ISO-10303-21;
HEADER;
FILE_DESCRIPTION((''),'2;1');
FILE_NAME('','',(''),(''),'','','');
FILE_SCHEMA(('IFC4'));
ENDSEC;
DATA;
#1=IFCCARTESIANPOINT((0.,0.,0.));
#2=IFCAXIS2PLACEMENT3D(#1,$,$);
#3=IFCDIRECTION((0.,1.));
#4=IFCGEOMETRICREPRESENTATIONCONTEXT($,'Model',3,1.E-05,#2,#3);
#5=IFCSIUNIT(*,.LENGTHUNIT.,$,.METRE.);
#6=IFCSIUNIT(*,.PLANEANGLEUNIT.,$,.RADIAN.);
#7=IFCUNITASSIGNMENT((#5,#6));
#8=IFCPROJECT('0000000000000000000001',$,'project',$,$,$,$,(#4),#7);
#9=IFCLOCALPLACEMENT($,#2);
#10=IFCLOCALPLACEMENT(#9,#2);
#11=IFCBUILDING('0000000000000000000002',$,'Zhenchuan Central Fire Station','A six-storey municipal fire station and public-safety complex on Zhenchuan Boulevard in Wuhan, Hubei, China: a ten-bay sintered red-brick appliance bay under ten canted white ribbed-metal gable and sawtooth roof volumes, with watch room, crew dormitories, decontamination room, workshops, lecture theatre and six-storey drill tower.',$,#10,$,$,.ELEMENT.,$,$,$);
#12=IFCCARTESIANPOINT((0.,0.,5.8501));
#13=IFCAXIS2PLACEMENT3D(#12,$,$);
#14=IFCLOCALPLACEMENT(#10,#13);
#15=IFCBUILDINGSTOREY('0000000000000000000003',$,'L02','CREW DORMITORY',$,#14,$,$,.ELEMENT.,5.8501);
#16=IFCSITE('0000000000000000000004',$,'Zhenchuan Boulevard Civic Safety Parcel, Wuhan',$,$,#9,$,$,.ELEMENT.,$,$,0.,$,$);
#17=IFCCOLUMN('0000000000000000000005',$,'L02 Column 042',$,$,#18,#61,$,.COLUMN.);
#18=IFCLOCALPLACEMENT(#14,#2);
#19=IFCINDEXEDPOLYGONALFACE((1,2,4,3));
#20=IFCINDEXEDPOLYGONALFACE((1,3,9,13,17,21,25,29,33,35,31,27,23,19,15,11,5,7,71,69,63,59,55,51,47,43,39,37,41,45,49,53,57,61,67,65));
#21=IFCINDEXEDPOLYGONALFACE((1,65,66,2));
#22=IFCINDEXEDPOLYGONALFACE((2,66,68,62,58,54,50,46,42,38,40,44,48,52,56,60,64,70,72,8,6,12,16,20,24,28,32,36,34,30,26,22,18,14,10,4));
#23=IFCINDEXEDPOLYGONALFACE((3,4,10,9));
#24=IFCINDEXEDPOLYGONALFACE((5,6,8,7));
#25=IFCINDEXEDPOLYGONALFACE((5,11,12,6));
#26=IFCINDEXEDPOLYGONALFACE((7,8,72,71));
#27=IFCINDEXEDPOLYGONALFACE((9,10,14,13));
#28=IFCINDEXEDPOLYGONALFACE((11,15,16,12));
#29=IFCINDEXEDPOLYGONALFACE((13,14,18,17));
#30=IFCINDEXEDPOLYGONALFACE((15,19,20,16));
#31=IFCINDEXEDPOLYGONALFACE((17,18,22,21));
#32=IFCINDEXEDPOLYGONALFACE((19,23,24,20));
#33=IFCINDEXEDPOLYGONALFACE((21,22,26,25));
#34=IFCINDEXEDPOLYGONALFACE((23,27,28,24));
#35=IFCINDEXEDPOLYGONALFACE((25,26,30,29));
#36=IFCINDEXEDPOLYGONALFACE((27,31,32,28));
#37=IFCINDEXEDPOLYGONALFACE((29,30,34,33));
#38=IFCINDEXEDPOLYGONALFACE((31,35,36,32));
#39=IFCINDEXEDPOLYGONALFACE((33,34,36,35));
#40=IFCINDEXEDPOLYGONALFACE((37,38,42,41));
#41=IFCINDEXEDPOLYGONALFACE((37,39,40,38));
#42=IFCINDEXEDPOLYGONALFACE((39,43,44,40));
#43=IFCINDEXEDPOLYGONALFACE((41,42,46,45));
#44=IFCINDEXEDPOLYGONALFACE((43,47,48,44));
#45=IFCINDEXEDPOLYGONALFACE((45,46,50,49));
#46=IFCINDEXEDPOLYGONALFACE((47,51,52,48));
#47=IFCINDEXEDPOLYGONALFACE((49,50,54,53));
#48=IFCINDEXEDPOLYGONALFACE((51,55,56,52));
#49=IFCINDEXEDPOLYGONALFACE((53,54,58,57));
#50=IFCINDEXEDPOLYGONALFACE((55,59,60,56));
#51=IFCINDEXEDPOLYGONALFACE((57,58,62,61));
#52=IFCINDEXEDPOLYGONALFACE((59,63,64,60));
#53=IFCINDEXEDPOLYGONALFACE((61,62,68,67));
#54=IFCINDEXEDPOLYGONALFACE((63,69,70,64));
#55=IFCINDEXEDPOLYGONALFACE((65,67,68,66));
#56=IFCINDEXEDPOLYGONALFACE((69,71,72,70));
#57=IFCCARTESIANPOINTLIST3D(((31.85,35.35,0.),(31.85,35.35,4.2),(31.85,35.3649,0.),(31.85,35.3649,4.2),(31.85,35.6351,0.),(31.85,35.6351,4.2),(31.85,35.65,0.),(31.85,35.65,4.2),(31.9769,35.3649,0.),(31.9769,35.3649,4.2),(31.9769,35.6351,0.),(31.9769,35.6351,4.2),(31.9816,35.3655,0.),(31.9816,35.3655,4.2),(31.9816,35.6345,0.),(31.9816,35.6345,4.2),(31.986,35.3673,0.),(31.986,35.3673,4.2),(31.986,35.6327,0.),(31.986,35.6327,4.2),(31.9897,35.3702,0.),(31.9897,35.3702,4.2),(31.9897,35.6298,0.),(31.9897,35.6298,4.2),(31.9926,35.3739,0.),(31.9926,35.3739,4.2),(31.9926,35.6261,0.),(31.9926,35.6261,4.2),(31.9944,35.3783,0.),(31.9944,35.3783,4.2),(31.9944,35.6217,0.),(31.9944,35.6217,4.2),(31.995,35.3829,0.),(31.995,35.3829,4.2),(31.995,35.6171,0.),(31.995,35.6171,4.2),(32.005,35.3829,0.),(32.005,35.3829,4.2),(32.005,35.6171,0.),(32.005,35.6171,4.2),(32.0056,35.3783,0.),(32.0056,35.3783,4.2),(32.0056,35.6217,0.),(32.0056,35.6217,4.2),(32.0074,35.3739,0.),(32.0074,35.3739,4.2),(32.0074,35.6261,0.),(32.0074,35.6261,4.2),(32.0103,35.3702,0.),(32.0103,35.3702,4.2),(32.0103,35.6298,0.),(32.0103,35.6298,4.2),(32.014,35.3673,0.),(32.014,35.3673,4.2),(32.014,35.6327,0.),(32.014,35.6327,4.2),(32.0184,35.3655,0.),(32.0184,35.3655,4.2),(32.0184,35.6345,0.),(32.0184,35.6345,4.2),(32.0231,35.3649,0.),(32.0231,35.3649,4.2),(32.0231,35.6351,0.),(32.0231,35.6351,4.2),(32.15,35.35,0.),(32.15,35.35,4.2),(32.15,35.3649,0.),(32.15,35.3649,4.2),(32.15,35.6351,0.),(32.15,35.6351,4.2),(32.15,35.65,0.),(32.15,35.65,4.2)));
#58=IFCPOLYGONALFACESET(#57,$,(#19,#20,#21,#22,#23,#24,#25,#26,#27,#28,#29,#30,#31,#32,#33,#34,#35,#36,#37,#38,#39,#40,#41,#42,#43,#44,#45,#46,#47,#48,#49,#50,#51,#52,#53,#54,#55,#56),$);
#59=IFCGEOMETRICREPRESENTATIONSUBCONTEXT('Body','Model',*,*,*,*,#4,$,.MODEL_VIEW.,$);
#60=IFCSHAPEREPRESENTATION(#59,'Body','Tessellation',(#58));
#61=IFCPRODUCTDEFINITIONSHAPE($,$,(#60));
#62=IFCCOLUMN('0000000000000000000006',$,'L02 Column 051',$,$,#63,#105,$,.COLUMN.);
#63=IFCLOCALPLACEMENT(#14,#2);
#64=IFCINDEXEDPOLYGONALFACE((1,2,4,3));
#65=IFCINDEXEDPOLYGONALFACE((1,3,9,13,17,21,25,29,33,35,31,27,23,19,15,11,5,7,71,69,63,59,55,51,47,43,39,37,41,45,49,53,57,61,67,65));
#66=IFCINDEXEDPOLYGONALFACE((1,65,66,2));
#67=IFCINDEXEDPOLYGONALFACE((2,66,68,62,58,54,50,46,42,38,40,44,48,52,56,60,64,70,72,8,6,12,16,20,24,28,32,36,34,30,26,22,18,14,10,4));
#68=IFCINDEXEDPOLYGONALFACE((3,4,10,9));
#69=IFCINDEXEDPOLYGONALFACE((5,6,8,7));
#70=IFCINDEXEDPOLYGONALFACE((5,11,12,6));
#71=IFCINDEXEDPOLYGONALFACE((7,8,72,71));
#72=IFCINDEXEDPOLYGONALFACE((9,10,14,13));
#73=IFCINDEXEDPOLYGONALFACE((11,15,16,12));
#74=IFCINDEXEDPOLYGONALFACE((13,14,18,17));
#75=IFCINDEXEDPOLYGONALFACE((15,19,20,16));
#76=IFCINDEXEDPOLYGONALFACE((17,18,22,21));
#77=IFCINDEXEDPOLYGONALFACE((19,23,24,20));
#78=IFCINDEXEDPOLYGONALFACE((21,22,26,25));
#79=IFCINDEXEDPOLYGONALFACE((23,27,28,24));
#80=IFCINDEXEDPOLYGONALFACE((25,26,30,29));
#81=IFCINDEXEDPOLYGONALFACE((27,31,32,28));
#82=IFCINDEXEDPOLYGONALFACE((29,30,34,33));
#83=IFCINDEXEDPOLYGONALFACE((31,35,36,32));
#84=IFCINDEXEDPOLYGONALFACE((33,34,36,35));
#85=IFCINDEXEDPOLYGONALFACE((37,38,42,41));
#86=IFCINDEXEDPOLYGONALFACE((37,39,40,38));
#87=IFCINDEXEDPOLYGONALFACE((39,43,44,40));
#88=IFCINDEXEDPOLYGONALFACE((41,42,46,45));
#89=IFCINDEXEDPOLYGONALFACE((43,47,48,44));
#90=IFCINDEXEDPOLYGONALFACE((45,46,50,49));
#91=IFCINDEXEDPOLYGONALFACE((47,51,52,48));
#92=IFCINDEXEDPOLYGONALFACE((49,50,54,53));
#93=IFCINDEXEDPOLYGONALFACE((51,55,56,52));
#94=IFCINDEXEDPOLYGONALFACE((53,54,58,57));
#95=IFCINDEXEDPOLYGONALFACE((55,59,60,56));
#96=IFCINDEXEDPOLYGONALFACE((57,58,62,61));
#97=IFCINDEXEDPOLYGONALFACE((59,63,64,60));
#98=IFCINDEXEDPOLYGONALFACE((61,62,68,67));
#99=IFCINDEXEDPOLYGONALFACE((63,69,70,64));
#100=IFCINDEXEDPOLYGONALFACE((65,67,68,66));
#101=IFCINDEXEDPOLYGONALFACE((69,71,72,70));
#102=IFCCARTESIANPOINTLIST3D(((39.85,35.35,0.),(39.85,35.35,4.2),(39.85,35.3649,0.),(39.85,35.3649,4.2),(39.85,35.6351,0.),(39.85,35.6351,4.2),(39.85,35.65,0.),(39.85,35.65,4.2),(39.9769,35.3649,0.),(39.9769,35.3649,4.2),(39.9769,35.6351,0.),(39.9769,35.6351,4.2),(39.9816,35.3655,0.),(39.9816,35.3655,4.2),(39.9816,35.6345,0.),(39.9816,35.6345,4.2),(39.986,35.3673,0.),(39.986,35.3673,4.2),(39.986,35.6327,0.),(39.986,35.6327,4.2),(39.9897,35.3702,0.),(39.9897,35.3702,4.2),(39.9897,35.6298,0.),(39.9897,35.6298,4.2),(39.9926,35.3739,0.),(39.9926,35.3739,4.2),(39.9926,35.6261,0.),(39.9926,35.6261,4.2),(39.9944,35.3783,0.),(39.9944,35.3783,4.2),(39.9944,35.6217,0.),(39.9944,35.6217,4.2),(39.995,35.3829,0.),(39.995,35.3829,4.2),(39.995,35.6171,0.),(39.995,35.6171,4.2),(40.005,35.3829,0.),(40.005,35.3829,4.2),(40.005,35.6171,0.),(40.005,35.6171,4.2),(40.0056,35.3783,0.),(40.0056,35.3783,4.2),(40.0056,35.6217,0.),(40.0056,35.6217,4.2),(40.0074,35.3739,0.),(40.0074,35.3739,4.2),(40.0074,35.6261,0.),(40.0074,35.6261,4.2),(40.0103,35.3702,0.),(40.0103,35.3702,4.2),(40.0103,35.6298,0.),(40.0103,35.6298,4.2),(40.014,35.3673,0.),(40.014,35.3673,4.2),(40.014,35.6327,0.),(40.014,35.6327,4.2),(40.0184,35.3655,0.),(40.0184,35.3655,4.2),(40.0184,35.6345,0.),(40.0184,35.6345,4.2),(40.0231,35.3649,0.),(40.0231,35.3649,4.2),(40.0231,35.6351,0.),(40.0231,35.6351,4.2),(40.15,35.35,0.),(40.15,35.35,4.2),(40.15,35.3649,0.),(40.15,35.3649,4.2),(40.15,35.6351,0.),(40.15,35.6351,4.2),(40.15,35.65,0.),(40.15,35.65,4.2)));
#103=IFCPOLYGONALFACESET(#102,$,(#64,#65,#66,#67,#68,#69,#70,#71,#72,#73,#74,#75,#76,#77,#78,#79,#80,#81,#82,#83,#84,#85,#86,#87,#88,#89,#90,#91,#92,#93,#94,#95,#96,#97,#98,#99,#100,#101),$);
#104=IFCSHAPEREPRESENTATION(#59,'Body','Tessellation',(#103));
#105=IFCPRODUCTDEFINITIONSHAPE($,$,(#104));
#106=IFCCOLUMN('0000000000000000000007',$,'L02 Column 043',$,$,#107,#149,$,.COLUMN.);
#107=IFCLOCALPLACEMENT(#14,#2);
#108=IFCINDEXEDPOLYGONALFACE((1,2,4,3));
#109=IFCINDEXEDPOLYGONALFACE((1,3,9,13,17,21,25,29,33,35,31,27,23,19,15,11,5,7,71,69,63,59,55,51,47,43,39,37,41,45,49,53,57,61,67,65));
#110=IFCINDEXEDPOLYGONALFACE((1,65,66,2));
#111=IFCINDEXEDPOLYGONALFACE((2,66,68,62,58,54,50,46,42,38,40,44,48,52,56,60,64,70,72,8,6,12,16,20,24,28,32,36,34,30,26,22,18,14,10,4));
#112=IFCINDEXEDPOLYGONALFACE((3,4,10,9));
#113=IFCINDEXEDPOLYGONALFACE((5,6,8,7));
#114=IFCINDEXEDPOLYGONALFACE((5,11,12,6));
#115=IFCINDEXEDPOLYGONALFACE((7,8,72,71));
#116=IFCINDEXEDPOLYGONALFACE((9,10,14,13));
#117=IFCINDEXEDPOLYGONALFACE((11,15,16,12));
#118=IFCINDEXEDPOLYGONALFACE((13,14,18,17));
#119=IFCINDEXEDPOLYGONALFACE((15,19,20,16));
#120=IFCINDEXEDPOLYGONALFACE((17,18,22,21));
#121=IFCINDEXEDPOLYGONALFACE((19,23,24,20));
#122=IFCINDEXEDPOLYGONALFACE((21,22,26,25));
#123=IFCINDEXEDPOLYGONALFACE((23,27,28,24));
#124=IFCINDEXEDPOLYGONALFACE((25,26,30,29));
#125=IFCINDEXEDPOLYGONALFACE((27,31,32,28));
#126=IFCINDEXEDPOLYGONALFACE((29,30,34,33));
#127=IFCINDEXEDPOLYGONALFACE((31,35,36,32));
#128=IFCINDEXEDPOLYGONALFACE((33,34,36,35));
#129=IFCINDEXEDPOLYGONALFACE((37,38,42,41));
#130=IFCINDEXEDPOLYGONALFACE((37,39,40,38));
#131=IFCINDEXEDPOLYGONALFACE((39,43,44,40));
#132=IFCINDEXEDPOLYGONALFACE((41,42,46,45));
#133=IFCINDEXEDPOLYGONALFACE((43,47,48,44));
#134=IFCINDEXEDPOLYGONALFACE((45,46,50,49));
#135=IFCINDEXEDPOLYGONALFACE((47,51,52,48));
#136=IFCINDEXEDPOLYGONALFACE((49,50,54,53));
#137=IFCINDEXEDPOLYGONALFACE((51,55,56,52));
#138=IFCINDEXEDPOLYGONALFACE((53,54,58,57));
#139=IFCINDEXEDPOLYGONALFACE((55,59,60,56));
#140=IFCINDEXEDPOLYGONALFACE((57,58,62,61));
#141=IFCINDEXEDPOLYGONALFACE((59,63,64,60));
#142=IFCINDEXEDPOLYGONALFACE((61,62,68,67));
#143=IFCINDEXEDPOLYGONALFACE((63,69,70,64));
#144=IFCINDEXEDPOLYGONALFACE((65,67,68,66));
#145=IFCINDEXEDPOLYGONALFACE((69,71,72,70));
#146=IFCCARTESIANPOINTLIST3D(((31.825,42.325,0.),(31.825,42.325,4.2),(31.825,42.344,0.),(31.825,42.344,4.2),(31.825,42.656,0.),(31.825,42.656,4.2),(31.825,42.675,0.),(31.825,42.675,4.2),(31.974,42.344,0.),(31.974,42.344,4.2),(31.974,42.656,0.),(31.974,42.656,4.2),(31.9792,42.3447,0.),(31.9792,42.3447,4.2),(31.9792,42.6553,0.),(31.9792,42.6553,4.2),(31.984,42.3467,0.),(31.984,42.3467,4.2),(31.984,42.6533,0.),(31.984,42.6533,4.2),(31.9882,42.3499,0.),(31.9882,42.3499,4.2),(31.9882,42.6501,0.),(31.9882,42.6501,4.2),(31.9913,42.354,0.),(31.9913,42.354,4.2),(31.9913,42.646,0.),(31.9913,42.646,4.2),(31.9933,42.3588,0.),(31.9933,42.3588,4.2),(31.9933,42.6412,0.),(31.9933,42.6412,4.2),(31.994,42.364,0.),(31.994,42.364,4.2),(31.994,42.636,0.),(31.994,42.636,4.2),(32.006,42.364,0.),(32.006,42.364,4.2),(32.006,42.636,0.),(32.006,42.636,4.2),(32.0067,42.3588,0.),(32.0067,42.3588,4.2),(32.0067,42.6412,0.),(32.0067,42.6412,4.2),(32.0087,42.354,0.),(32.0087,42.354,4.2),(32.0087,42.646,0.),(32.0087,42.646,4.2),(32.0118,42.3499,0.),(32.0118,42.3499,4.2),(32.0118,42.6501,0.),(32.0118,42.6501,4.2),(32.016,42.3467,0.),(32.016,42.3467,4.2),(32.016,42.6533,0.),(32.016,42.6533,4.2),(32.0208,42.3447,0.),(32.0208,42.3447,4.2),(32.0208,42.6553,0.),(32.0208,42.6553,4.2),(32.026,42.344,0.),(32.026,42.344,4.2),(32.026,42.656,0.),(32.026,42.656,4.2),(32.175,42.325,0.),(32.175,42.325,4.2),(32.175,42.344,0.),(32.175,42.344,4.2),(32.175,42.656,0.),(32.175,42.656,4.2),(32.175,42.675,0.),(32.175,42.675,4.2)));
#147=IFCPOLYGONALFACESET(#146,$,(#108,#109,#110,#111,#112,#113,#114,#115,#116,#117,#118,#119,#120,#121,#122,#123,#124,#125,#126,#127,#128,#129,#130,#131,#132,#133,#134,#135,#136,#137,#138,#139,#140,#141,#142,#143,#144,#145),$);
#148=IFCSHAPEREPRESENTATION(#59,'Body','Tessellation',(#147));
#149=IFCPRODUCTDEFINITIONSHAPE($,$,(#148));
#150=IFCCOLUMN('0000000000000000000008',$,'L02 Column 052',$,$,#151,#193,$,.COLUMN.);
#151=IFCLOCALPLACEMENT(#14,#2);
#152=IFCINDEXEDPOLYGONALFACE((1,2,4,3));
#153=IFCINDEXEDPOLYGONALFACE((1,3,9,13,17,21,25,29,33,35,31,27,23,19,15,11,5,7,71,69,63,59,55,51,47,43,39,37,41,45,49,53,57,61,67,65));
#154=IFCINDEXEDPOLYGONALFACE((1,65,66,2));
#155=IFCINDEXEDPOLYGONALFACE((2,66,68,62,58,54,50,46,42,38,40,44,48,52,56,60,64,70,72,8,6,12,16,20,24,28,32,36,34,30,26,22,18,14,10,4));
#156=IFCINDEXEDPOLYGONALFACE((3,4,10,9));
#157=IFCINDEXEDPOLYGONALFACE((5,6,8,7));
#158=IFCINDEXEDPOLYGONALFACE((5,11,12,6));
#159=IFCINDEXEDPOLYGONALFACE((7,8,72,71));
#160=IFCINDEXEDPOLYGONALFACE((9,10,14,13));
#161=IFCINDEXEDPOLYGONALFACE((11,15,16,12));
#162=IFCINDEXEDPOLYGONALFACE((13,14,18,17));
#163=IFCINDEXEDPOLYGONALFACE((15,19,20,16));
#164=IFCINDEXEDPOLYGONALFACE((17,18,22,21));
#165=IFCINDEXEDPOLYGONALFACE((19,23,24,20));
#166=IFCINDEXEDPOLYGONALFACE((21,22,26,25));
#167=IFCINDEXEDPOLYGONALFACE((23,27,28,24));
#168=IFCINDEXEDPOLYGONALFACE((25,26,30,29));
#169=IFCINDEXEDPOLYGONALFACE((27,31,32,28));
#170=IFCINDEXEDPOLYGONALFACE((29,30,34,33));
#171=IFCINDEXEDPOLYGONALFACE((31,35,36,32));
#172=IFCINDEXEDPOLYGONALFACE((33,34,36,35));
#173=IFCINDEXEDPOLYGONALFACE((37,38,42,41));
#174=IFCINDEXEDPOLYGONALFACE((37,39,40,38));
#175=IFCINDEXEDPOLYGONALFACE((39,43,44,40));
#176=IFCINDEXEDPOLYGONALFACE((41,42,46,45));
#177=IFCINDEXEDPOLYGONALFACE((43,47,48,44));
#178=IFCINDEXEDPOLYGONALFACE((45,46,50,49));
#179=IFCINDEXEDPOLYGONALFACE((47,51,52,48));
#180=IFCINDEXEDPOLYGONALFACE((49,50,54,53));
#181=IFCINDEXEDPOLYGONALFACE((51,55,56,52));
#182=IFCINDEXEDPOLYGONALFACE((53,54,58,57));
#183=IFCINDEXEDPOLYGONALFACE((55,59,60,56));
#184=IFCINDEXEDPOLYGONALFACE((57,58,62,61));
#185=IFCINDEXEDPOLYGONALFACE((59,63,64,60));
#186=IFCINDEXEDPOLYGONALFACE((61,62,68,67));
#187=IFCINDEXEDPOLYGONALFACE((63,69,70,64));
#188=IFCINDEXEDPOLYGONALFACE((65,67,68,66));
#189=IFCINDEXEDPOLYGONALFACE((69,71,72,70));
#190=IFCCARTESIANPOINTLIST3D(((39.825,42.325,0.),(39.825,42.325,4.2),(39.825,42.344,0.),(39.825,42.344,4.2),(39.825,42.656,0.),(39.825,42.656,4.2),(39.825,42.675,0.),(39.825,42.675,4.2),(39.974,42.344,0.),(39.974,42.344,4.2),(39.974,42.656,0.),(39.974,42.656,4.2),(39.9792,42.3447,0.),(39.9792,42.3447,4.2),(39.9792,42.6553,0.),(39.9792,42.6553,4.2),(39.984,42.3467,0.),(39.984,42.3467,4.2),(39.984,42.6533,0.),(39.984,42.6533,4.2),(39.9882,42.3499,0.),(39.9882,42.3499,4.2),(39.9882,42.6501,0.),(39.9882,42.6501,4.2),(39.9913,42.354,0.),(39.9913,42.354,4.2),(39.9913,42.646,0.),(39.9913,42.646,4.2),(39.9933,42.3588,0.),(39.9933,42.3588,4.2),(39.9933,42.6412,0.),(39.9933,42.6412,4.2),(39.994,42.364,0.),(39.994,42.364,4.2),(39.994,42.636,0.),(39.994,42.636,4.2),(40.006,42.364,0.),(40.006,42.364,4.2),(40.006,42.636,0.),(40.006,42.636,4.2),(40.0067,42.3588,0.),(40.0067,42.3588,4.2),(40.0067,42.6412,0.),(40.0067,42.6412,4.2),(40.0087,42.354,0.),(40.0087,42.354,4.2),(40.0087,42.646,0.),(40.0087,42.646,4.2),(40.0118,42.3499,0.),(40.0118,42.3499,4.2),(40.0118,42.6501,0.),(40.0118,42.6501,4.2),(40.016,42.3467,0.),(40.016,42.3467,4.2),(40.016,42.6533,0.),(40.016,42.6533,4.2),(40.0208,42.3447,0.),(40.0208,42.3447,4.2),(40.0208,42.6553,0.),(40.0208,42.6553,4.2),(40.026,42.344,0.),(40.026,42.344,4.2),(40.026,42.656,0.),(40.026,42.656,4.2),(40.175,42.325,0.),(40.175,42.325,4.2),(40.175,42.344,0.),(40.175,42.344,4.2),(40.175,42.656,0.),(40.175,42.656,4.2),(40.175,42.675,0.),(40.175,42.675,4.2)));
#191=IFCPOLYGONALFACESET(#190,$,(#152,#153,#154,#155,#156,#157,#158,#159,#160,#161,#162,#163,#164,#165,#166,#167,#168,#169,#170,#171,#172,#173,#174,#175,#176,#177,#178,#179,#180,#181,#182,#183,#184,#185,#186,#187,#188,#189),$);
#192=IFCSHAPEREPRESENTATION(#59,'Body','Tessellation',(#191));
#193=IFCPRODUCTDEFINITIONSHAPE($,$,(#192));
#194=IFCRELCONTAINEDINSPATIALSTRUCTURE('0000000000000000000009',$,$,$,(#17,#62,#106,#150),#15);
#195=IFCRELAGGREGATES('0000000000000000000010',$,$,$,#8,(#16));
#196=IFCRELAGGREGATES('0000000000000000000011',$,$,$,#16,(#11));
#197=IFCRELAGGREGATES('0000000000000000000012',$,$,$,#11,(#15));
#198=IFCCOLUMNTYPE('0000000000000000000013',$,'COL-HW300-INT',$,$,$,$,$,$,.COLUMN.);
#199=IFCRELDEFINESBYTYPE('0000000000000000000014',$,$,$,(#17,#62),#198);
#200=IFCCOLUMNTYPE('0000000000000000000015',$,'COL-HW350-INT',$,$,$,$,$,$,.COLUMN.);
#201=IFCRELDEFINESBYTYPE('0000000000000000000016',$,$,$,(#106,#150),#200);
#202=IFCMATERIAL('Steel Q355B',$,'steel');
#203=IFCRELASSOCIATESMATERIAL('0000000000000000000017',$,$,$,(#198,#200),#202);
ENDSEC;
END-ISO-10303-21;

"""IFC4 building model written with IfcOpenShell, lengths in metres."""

from ifc_helpers import new_model, si_unit, direction, frame, origin, origin_2d, place, context, subcontext, project, spatial, i_section, extrude, material, material_profile, profile_set, type_object, element, save


model = new_model("IFC4")

# Units and contexts
model_context = context("Model", 3, precision=1e-05, world=origin(), true_north=direction((0.0, 1.0)))
body_context = subcontext(model_context, "Body", "Model", "MODEL_VIEW")
ifc_project = project(units=[si_unit("LENGTHUNIT", "METRE"), si_unit("PLANEANGLEUNIT", "RADIAN")], contexts=[model_context])

# Site, building, storey
site_placement = place(None, origin())
site = spatial("IfcSite", under=ifc_project, at=site_placement, Name="Zhenchuan Boulevard Civic Safety Parcel, Wuhan", CompositionType="ELEMENT", RefElevation=0.0)
building_placement = place(site_placement, origin())
building = spatial("IfcBuilding", under=site, at=building_placement, Name="Zhenchuan Central Fire Station", Description="A six-storey municipal fire station and public-safety complex on Zhenchuan Boulevard in Wuhan, Hubei, China: a ten-bay sintered red-brick appliance bay under ten canted white ribbed-metal gable and sawtooth roof volumes, with watch room, crew dormitories, decontamination room, workshops, lecture theatre and six-storey drill tower.", CompositionType="ELEMENT")
storey_placement = place(building_placement, frame((0.0, 0.0, 5.8501)))
storey = spatial("IfcBuildingStorey", under=building, at=storey_placement, Name="L02", Description="CREW DORMITORY", CompositionType="ELEMENT", Elevation=5.8501)

# Columns
ifc_material_1 = material(Name="Steel Q355B", Category="steel")
ifc_material_profile_1 = material_profile(ifc_material_1, i_section(OverallWidth=0.3, OverallDepth=0.3, WebThickness=0.01, FlangeThickness=0.0149, FilletRadius=0.0181, at=origin_2d()), Name="HW 300x300")
ifc_profile_set_1 = profile_set([ifc_material_profile_1], Name="Steel Q355B")
column_type_1 = type_object("IfcColumnType", Name="COL-HW300-INT", PredefinedType="COLUMN", material=ifc_profile_set_1)
for number, where, z_axis, x_axis, name in (
    (1, (32.0, 35.5, 0.0), (0.0, 0.0, 1.0), (1.0, 0.0, 0.0), "L02 Column 042"),
    (2, (40.0, 35.5, 0.0), (0.0, 0.0, 1.0), (1.0, 0.0, 0.0), "L02 Column 051"),
):
    element("IfcColumn", number, at=place(storey_placement, frame(where, z_axis=z_axis, x_axis=x_axis)), inside=storey, type_object=column_type_1, Name=name, PredefinedType="COLUMN", context=body_context, shape_type="SweptSolid", body=[
        extrude(i_section(OverallWidth=0.3, OverallDepth=0.3, WebThickness=0.01, FlangeThickness=0.0149, FilletRadius=0.0181, at=origin_2d()), origin(), (0.0, 0.0, 1.0), 4.2),
    ])
ifc_material_profile_2 = material_profile(ifc_material_1, i_section(OverallWidth=0.3501, OverallDepth=0.3501, WebThickness=0.012, FlangeThickness=0.019, FilletRadius=0.02, at=origin_2d()), Name="HW 350x350")
ifc_profile_set_2 = profile_set([ifc_material_profile_2], Name="Steel Q355B")
column_type_2 = type_object("IfcColumnType", Name="COL-HW350-INT", PredefinedType="COLUMN", material=ifc_profile_set_2)
for number, where, z_axis, x_axis, name in (
    (3, (32.0, 42.5, 0.0), (0.0, 0.0, 1.0), (1.0, 0.0, 0.0), "L02 Column 043"),
    (4, (40.0, 42.5, 0.0), (0.0, 0.0, 1.0), (1.0, 0.0, 0.0), "L02 Column 052"),
):
    element("IfcColumn", number, at=place(storey_placement, frame(where, z_axis=z_axis, x_axis=x_axis)), inside=storey, type_object=column_type_2, Name=name, PredefinedType="COLUMN", context=body_context, shape_type="SweptSolid", body=[
        extrude(i_section(OverallWidth=0.3501, OverallDepth=0.3501, WebThickness=0.012, FlangeThickness=0.019, FilletRadius=0.02, at=origin_2d()), origin(), (0.0, 0.0, 1.0), 4.2),
    ])

save(model, "model.ifc")
